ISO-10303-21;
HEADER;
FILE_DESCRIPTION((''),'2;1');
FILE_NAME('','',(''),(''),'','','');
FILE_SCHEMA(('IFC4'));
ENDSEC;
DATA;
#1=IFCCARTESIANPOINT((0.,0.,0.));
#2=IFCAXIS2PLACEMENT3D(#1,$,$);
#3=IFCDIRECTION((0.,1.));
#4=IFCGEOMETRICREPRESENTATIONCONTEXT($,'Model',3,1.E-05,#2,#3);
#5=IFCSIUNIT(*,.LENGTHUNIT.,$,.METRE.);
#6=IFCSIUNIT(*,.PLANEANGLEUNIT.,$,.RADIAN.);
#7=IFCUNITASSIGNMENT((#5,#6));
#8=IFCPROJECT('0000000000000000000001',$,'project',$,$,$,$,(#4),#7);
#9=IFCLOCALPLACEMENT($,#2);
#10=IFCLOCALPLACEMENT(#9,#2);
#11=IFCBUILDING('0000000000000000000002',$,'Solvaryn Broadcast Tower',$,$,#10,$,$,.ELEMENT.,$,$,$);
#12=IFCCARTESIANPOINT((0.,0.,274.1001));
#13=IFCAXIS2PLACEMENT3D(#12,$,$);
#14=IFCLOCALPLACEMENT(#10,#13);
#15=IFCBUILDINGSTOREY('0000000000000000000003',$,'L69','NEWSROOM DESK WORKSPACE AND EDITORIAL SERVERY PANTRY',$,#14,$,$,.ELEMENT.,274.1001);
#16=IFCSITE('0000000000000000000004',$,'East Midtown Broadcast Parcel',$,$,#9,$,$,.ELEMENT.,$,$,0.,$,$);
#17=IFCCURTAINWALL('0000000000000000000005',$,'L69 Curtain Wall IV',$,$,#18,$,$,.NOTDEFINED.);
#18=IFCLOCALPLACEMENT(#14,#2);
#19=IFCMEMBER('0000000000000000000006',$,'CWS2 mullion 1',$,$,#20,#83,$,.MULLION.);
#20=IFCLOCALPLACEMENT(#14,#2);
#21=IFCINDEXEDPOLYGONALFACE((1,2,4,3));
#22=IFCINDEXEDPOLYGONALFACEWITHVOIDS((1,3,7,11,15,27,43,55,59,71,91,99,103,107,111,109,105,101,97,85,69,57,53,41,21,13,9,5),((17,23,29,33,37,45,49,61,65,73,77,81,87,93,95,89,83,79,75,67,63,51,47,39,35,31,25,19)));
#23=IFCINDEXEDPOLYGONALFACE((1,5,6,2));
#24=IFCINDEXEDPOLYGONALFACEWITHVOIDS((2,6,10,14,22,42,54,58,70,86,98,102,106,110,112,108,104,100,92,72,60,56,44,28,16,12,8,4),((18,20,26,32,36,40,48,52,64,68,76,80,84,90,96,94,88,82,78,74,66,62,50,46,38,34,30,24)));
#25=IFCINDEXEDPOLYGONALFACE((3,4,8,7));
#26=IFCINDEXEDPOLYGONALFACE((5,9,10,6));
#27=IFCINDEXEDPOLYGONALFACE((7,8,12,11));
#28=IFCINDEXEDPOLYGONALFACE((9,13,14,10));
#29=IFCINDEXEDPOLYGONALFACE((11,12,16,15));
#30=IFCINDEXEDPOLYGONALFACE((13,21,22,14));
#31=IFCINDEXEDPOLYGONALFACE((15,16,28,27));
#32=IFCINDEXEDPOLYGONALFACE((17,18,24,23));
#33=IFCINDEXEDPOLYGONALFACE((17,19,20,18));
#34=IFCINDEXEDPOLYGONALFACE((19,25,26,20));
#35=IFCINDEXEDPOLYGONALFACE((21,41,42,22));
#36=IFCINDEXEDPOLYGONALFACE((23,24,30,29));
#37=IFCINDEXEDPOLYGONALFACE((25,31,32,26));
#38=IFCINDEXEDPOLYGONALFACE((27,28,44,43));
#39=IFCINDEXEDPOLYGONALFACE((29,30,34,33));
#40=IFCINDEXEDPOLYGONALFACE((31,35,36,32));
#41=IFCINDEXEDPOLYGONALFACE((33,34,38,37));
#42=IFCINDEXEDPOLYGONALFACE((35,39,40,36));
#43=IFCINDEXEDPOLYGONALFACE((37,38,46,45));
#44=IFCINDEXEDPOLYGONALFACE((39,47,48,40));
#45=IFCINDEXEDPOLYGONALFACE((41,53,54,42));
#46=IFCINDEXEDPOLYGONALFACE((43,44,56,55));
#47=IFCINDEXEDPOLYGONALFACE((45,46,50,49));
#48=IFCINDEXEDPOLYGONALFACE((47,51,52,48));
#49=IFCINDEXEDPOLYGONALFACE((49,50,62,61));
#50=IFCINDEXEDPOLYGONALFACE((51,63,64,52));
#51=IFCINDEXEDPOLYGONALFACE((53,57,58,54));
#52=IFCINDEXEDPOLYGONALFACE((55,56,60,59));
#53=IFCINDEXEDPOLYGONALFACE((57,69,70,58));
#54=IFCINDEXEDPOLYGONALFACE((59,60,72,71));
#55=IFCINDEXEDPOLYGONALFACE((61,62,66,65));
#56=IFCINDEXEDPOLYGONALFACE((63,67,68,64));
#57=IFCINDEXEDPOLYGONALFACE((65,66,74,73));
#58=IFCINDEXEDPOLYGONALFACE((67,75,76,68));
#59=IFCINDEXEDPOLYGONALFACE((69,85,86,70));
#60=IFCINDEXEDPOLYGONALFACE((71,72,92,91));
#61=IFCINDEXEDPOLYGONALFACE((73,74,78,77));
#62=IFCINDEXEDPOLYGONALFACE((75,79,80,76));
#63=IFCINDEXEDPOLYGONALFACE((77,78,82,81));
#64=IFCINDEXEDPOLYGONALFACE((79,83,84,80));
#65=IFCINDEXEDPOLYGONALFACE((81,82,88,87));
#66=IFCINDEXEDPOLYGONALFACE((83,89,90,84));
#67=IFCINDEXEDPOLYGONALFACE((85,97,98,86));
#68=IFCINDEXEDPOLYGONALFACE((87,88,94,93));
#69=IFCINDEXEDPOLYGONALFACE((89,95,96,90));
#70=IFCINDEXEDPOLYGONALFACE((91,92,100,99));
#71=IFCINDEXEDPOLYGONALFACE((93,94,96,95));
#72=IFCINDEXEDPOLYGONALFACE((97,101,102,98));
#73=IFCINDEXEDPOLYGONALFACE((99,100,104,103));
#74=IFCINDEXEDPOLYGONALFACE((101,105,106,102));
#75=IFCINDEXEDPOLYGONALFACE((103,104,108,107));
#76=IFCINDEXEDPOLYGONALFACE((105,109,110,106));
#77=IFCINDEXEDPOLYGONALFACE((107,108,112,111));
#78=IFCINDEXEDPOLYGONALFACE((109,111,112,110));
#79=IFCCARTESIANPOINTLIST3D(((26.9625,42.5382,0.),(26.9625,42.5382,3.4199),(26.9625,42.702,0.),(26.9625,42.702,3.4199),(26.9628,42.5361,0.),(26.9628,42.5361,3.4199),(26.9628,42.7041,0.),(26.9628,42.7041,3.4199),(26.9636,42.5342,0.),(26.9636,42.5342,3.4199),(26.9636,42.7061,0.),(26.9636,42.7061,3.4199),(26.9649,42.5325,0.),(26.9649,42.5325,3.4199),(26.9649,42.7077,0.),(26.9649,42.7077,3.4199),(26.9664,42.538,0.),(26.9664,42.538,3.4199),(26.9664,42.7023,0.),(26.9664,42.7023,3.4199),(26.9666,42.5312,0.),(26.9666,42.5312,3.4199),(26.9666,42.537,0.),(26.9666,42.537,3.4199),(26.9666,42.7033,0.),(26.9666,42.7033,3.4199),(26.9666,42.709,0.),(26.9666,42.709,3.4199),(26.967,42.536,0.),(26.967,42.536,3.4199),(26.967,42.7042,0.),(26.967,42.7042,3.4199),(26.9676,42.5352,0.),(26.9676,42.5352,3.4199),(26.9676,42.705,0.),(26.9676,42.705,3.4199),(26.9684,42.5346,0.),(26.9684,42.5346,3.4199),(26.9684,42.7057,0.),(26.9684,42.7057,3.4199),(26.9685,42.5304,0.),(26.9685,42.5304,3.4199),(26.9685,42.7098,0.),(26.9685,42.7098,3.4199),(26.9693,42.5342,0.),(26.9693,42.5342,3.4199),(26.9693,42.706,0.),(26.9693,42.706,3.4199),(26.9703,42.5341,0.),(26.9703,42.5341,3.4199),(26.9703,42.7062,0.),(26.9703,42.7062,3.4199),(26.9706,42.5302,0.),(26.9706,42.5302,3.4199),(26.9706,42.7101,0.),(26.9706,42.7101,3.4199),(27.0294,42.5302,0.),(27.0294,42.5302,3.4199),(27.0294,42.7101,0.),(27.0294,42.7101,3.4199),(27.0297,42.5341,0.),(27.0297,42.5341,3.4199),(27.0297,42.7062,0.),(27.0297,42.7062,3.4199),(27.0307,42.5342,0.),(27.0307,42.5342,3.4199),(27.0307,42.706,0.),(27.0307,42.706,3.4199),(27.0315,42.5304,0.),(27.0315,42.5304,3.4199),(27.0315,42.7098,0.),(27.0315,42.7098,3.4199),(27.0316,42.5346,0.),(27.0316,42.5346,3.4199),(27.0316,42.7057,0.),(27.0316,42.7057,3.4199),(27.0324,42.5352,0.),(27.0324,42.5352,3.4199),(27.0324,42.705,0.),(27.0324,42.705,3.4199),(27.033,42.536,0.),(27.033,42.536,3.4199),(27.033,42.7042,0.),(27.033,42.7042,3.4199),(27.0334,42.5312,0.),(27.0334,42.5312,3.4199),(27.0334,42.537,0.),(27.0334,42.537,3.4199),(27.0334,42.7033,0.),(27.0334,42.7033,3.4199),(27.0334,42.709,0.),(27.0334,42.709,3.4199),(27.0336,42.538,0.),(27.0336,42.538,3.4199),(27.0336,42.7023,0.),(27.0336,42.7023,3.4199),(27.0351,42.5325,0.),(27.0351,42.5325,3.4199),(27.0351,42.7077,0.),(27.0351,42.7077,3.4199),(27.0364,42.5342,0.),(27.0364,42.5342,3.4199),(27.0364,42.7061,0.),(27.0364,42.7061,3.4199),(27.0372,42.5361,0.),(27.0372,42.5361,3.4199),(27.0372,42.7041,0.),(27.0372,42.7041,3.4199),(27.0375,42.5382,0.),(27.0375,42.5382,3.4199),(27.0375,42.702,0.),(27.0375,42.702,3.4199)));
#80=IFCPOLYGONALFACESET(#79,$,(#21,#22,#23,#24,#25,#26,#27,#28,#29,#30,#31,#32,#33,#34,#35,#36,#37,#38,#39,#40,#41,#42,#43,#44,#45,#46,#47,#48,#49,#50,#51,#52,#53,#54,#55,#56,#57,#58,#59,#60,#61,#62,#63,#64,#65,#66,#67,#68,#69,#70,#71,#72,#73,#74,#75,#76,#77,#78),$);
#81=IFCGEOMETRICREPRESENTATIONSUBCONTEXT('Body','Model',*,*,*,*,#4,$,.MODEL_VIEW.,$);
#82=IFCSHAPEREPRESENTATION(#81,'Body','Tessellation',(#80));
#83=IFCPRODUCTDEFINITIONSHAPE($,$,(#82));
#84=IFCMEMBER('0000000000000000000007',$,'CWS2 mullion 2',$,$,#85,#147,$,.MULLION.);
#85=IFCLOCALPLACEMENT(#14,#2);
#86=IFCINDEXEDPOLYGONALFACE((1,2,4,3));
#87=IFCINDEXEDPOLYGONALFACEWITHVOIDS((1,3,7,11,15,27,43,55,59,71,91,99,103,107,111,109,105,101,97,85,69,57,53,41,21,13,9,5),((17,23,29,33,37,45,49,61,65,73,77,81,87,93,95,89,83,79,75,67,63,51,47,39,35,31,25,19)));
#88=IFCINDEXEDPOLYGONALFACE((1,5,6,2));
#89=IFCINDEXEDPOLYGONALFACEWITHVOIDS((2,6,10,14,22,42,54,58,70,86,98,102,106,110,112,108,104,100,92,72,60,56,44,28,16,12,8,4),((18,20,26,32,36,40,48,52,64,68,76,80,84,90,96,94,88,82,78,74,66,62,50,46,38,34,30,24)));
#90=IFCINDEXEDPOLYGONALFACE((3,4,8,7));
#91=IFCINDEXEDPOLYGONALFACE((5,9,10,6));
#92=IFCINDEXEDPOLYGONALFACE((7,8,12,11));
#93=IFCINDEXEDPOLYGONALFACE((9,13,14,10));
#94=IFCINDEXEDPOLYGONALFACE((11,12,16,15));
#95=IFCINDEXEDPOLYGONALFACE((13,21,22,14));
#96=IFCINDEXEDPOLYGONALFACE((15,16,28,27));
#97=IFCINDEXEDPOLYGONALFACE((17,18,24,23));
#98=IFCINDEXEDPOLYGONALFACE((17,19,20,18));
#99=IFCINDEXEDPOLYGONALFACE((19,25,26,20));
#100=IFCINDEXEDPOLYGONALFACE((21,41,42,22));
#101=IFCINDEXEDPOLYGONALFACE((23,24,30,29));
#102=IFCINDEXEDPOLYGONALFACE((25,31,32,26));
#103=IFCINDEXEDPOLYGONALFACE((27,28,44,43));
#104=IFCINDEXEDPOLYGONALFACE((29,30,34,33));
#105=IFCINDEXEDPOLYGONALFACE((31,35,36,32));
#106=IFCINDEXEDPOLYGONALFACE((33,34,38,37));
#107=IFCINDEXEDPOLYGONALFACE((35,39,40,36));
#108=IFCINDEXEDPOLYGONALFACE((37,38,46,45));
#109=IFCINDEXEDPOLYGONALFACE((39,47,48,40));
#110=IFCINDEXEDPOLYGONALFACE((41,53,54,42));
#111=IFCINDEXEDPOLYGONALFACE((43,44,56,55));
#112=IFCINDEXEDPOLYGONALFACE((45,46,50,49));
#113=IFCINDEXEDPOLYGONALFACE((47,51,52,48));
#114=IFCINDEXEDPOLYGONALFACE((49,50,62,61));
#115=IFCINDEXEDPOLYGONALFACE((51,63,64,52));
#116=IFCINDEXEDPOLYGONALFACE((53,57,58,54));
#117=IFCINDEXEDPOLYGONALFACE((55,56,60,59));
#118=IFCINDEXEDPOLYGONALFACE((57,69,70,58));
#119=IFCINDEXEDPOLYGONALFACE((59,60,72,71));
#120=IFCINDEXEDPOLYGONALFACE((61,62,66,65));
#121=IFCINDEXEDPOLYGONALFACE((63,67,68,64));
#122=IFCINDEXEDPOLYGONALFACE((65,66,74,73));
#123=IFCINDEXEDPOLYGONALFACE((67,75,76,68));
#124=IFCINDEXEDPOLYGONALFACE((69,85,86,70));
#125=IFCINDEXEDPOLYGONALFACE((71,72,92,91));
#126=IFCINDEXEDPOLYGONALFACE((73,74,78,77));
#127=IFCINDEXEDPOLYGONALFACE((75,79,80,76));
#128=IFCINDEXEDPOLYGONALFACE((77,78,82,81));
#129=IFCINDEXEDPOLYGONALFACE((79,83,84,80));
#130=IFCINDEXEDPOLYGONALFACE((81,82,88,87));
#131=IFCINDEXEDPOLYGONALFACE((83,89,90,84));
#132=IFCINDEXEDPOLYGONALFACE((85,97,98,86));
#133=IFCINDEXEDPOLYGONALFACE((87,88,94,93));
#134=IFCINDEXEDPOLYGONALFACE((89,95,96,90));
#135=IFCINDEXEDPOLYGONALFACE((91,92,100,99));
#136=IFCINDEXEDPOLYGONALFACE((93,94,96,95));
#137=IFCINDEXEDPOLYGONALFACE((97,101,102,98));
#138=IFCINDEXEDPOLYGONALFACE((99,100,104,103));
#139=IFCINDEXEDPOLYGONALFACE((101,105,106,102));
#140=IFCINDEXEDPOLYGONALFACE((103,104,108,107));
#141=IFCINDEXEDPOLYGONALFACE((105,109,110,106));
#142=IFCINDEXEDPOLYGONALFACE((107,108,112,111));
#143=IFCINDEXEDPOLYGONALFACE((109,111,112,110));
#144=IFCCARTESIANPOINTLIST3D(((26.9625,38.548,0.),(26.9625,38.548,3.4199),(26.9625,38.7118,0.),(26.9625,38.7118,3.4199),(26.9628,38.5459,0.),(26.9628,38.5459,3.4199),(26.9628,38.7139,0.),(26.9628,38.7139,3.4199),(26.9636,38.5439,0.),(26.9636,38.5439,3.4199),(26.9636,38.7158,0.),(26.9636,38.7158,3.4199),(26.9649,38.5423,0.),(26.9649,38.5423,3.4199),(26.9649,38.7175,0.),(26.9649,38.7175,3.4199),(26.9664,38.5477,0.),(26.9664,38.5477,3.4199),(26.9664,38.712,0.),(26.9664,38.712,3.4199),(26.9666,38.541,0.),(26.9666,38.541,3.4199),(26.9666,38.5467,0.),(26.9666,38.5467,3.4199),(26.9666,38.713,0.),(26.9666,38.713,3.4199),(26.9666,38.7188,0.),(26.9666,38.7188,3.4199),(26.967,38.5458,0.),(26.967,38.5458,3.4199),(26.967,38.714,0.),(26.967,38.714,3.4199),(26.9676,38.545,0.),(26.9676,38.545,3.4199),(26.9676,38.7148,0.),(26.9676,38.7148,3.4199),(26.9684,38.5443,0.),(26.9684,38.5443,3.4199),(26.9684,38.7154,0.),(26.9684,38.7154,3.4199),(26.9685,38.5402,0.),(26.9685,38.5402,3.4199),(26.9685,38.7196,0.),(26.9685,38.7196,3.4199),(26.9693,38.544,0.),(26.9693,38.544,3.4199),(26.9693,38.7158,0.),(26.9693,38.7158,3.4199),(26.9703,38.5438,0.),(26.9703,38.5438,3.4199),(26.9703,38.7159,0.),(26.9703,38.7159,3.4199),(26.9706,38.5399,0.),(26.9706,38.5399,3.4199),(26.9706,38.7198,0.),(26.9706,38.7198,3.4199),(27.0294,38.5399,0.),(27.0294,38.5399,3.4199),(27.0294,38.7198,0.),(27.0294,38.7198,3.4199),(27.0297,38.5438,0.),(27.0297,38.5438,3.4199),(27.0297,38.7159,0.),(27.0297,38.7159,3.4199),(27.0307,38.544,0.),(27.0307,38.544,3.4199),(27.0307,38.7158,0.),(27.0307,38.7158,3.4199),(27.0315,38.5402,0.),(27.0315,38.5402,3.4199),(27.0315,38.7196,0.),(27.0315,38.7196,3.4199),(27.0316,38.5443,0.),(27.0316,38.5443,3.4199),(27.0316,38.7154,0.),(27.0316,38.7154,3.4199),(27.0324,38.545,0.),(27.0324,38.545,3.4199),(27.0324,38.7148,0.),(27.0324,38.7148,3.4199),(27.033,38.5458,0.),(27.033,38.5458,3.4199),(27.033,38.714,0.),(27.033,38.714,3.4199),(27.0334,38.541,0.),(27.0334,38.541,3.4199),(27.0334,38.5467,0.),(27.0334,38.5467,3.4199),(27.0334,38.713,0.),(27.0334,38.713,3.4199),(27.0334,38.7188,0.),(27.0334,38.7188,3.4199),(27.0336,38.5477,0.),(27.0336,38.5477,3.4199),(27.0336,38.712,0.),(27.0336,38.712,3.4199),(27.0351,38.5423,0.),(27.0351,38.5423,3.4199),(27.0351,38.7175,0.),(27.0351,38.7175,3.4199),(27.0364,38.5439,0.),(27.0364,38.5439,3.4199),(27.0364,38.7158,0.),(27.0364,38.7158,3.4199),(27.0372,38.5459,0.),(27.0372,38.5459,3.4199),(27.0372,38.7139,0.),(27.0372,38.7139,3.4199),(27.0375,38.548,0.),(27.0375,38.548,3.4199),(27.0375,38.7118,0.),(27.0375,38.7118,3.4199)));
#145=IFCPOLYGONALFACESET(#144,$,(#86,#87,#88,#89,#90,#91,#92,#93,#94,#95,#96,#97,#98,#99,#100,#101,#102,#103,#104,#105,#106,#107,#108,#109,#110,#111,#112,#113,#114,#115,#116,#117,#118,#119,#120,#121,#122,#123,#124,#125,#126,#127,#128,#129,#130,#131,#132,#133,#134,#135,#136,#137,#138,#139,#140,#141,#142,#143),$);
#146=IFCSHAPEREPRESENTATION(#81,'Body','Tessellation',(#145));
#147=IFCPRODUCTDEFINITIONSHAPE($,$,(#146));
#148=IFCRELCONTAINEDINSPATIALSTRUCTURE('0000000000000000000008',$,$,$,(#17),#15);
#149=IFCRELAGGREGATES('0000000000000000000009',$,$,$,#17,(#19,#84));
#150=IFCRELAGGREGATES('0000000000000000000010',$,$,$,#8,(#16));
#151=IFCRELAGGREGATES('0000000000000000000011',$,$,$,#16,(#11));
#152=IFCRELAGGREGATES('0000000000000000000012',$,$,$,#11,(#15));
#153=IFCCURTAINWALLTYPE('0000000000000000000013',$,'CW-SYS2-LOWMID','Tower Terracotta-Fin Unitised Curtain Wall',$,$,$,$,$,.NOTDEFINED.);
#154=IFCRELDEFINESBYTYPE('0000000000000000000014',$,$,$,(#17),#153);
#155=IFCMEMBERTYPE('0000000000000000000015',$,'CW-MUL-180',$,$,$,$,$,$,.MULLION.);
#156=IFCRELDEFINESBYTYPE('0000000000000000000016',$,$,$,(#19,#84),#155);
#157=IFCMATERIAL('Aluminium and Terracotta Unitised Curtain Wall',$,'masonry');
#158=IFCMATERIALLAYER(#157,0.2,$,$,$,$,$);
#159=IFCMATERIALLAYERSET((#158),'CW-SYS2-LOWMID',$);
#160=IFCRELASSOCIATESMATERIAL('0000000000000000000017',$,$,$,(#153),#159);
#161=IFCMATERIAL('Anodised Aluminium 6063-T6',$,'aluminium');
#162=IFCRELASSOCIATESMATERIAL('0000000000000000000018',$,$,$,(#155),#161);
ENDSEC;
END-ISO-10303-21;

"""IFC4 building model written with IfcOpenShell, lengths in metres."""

from ifc_helpers import new_model, si_unit, direction, frame, origin, origin_2d, place, context, subcontext, project, spatial, hollow_rectangle, extrude, material, layer, layer_set, material_profile, profile_set, type_object, element, aggregate, save


model = new_model("IFC4")

# Units and contexts
model_context = context("Model", 3, precision=1e-05, world=origin(), true_north=direction((0.0, 1.0)))
body_context = subcontext(model_context, "Body", "Model", "MODEL_VIEW")
ifc_project = project(units=[si_unit("LENGTHUNIT", "METRE"), si_unit("PLANEANGLEUNIT", "RADIAN")], contexts=[model_context])

# Site, building, storey
site_placement = place(None, origin())
site = spatial("IfcSite", under=ifc_project, at=site_placement, Name="East Midtown Broadcast Parcel", CompositionType="ELEMENT", RefElevation=0.0)
building_placement = place(site_placement, origin())
building = spatial("IfcBuilding", under=site, at=building_placement, Name="Solvaryn Broadcast Tower", CompositionType="ELEMENT")
storey_placement = place(building_placement, frame((0.0, 0.0, 274.1001)))
storey = spatial("IfcBuildingStorey", under=building, at=storey_placement, Name="L69", Description="NEWSROOM DESK WORKSPACE AND EDITORIAL SERVERY PANTRY", CompositionType="ELEMENT", Elevation=274.1001)

# Curtain wall, members
ifc_material_1 = material(Name="Aluminium and Terracotta Unitised Curtain Wall", Category="masonry")
ifc_layer_1 = layer(ifc_material_1, 0.2)
ifc_layer_set_1 = layer_set([ifc_layer_1], Name="CW-SYS2-LOWMID")
curtain_wall_type = type_object("IfcCurtainWallType", Name="CW-SYS2-LOWMID", Description="Tower Terracotta-Fin Unitised Curtain Wall", PredefinedType="NOTDEFINED", material=ifc_layer_set_1)
curtain_wall_1_placement = place(storey_placement, origin())
curtain_wall_1 = element("IfcCurtainWall", 1, at=curtain_wall_1_placement, inside=storey, type_object=curtain_wall_type, Name="L69 Curtain Wall IV", PredefinedType="NOTDEFINED")
ifc_material_2 = material(Name="Anodised Aluminium 6063-T6", Category="aluminium")
ifc_material_profile_1 = material_profile(ifc_material_2, hollow_rectangle(XDim=0.075, YDim=0.1799, WallThickness=0.0039, InnerFilletRadius=0.0039, OuterFilletRadius=0.0081, at=origin_2d()))
ifc_profile_set_1 = profile_set([ifc_material_profile_1], Name="Anodised Aluminium 6063-T6")
member_type_1 = type_object("IfcMemberType", Name="CW-MUL-180", PredefinedType="MULLION", material=ifc_profile_set_1)
member_1_placement = place(storey_placement, frame((27.0, 42.6201, 0.0), z_axis=(0.0, 0.0, 1.0), x_axis=(1.0, 0.0, 0.0)))
member_1 = element("IfcMember", 2, at=member_1_placement, type_object=member_type_1, Name="CWS2 mullion 1", PredefinedType="MULLION", context=body_context, shape_type="SweptSolid", body=[
    extrude(hollow_rectangle(XDim=0.075, YDim=0.1799, WallThickness=0.0039, InnerFilletRadius=0.0039, OuterFilletRadius=0.0081, at=origin_2d()), origin(), (0.0, 0.0, 1.0), 3.4199),
])
member_2_placement = place(storey_placement, frame((27.0, 38.6299, 0.0), z_axis=(0.0, 0.0, 1.0), x_axis=(1.0, 0.0, 0.0)))
member_2 = element("IfcMember", 3, at=member_2_placement, type_object=member_type_1, Name="CWS2 mullion 2", PredefinedType="MULLION", context=body_context, shape_type="SweptSolid", body=[
    extrude(hollow_rectangle(XDim=0.075, YDim=0.1799, WallThickness=0.0039, InnerFilletRadius=0.0039, OuterFilletRadius=0.0081, at=origin_2d()), origin(), (0.0, 0.0, 1.0), 3.4199),
])

aggregate(curtain_wall_1, [member_1, member_2])

save(model, "model.ifc")
